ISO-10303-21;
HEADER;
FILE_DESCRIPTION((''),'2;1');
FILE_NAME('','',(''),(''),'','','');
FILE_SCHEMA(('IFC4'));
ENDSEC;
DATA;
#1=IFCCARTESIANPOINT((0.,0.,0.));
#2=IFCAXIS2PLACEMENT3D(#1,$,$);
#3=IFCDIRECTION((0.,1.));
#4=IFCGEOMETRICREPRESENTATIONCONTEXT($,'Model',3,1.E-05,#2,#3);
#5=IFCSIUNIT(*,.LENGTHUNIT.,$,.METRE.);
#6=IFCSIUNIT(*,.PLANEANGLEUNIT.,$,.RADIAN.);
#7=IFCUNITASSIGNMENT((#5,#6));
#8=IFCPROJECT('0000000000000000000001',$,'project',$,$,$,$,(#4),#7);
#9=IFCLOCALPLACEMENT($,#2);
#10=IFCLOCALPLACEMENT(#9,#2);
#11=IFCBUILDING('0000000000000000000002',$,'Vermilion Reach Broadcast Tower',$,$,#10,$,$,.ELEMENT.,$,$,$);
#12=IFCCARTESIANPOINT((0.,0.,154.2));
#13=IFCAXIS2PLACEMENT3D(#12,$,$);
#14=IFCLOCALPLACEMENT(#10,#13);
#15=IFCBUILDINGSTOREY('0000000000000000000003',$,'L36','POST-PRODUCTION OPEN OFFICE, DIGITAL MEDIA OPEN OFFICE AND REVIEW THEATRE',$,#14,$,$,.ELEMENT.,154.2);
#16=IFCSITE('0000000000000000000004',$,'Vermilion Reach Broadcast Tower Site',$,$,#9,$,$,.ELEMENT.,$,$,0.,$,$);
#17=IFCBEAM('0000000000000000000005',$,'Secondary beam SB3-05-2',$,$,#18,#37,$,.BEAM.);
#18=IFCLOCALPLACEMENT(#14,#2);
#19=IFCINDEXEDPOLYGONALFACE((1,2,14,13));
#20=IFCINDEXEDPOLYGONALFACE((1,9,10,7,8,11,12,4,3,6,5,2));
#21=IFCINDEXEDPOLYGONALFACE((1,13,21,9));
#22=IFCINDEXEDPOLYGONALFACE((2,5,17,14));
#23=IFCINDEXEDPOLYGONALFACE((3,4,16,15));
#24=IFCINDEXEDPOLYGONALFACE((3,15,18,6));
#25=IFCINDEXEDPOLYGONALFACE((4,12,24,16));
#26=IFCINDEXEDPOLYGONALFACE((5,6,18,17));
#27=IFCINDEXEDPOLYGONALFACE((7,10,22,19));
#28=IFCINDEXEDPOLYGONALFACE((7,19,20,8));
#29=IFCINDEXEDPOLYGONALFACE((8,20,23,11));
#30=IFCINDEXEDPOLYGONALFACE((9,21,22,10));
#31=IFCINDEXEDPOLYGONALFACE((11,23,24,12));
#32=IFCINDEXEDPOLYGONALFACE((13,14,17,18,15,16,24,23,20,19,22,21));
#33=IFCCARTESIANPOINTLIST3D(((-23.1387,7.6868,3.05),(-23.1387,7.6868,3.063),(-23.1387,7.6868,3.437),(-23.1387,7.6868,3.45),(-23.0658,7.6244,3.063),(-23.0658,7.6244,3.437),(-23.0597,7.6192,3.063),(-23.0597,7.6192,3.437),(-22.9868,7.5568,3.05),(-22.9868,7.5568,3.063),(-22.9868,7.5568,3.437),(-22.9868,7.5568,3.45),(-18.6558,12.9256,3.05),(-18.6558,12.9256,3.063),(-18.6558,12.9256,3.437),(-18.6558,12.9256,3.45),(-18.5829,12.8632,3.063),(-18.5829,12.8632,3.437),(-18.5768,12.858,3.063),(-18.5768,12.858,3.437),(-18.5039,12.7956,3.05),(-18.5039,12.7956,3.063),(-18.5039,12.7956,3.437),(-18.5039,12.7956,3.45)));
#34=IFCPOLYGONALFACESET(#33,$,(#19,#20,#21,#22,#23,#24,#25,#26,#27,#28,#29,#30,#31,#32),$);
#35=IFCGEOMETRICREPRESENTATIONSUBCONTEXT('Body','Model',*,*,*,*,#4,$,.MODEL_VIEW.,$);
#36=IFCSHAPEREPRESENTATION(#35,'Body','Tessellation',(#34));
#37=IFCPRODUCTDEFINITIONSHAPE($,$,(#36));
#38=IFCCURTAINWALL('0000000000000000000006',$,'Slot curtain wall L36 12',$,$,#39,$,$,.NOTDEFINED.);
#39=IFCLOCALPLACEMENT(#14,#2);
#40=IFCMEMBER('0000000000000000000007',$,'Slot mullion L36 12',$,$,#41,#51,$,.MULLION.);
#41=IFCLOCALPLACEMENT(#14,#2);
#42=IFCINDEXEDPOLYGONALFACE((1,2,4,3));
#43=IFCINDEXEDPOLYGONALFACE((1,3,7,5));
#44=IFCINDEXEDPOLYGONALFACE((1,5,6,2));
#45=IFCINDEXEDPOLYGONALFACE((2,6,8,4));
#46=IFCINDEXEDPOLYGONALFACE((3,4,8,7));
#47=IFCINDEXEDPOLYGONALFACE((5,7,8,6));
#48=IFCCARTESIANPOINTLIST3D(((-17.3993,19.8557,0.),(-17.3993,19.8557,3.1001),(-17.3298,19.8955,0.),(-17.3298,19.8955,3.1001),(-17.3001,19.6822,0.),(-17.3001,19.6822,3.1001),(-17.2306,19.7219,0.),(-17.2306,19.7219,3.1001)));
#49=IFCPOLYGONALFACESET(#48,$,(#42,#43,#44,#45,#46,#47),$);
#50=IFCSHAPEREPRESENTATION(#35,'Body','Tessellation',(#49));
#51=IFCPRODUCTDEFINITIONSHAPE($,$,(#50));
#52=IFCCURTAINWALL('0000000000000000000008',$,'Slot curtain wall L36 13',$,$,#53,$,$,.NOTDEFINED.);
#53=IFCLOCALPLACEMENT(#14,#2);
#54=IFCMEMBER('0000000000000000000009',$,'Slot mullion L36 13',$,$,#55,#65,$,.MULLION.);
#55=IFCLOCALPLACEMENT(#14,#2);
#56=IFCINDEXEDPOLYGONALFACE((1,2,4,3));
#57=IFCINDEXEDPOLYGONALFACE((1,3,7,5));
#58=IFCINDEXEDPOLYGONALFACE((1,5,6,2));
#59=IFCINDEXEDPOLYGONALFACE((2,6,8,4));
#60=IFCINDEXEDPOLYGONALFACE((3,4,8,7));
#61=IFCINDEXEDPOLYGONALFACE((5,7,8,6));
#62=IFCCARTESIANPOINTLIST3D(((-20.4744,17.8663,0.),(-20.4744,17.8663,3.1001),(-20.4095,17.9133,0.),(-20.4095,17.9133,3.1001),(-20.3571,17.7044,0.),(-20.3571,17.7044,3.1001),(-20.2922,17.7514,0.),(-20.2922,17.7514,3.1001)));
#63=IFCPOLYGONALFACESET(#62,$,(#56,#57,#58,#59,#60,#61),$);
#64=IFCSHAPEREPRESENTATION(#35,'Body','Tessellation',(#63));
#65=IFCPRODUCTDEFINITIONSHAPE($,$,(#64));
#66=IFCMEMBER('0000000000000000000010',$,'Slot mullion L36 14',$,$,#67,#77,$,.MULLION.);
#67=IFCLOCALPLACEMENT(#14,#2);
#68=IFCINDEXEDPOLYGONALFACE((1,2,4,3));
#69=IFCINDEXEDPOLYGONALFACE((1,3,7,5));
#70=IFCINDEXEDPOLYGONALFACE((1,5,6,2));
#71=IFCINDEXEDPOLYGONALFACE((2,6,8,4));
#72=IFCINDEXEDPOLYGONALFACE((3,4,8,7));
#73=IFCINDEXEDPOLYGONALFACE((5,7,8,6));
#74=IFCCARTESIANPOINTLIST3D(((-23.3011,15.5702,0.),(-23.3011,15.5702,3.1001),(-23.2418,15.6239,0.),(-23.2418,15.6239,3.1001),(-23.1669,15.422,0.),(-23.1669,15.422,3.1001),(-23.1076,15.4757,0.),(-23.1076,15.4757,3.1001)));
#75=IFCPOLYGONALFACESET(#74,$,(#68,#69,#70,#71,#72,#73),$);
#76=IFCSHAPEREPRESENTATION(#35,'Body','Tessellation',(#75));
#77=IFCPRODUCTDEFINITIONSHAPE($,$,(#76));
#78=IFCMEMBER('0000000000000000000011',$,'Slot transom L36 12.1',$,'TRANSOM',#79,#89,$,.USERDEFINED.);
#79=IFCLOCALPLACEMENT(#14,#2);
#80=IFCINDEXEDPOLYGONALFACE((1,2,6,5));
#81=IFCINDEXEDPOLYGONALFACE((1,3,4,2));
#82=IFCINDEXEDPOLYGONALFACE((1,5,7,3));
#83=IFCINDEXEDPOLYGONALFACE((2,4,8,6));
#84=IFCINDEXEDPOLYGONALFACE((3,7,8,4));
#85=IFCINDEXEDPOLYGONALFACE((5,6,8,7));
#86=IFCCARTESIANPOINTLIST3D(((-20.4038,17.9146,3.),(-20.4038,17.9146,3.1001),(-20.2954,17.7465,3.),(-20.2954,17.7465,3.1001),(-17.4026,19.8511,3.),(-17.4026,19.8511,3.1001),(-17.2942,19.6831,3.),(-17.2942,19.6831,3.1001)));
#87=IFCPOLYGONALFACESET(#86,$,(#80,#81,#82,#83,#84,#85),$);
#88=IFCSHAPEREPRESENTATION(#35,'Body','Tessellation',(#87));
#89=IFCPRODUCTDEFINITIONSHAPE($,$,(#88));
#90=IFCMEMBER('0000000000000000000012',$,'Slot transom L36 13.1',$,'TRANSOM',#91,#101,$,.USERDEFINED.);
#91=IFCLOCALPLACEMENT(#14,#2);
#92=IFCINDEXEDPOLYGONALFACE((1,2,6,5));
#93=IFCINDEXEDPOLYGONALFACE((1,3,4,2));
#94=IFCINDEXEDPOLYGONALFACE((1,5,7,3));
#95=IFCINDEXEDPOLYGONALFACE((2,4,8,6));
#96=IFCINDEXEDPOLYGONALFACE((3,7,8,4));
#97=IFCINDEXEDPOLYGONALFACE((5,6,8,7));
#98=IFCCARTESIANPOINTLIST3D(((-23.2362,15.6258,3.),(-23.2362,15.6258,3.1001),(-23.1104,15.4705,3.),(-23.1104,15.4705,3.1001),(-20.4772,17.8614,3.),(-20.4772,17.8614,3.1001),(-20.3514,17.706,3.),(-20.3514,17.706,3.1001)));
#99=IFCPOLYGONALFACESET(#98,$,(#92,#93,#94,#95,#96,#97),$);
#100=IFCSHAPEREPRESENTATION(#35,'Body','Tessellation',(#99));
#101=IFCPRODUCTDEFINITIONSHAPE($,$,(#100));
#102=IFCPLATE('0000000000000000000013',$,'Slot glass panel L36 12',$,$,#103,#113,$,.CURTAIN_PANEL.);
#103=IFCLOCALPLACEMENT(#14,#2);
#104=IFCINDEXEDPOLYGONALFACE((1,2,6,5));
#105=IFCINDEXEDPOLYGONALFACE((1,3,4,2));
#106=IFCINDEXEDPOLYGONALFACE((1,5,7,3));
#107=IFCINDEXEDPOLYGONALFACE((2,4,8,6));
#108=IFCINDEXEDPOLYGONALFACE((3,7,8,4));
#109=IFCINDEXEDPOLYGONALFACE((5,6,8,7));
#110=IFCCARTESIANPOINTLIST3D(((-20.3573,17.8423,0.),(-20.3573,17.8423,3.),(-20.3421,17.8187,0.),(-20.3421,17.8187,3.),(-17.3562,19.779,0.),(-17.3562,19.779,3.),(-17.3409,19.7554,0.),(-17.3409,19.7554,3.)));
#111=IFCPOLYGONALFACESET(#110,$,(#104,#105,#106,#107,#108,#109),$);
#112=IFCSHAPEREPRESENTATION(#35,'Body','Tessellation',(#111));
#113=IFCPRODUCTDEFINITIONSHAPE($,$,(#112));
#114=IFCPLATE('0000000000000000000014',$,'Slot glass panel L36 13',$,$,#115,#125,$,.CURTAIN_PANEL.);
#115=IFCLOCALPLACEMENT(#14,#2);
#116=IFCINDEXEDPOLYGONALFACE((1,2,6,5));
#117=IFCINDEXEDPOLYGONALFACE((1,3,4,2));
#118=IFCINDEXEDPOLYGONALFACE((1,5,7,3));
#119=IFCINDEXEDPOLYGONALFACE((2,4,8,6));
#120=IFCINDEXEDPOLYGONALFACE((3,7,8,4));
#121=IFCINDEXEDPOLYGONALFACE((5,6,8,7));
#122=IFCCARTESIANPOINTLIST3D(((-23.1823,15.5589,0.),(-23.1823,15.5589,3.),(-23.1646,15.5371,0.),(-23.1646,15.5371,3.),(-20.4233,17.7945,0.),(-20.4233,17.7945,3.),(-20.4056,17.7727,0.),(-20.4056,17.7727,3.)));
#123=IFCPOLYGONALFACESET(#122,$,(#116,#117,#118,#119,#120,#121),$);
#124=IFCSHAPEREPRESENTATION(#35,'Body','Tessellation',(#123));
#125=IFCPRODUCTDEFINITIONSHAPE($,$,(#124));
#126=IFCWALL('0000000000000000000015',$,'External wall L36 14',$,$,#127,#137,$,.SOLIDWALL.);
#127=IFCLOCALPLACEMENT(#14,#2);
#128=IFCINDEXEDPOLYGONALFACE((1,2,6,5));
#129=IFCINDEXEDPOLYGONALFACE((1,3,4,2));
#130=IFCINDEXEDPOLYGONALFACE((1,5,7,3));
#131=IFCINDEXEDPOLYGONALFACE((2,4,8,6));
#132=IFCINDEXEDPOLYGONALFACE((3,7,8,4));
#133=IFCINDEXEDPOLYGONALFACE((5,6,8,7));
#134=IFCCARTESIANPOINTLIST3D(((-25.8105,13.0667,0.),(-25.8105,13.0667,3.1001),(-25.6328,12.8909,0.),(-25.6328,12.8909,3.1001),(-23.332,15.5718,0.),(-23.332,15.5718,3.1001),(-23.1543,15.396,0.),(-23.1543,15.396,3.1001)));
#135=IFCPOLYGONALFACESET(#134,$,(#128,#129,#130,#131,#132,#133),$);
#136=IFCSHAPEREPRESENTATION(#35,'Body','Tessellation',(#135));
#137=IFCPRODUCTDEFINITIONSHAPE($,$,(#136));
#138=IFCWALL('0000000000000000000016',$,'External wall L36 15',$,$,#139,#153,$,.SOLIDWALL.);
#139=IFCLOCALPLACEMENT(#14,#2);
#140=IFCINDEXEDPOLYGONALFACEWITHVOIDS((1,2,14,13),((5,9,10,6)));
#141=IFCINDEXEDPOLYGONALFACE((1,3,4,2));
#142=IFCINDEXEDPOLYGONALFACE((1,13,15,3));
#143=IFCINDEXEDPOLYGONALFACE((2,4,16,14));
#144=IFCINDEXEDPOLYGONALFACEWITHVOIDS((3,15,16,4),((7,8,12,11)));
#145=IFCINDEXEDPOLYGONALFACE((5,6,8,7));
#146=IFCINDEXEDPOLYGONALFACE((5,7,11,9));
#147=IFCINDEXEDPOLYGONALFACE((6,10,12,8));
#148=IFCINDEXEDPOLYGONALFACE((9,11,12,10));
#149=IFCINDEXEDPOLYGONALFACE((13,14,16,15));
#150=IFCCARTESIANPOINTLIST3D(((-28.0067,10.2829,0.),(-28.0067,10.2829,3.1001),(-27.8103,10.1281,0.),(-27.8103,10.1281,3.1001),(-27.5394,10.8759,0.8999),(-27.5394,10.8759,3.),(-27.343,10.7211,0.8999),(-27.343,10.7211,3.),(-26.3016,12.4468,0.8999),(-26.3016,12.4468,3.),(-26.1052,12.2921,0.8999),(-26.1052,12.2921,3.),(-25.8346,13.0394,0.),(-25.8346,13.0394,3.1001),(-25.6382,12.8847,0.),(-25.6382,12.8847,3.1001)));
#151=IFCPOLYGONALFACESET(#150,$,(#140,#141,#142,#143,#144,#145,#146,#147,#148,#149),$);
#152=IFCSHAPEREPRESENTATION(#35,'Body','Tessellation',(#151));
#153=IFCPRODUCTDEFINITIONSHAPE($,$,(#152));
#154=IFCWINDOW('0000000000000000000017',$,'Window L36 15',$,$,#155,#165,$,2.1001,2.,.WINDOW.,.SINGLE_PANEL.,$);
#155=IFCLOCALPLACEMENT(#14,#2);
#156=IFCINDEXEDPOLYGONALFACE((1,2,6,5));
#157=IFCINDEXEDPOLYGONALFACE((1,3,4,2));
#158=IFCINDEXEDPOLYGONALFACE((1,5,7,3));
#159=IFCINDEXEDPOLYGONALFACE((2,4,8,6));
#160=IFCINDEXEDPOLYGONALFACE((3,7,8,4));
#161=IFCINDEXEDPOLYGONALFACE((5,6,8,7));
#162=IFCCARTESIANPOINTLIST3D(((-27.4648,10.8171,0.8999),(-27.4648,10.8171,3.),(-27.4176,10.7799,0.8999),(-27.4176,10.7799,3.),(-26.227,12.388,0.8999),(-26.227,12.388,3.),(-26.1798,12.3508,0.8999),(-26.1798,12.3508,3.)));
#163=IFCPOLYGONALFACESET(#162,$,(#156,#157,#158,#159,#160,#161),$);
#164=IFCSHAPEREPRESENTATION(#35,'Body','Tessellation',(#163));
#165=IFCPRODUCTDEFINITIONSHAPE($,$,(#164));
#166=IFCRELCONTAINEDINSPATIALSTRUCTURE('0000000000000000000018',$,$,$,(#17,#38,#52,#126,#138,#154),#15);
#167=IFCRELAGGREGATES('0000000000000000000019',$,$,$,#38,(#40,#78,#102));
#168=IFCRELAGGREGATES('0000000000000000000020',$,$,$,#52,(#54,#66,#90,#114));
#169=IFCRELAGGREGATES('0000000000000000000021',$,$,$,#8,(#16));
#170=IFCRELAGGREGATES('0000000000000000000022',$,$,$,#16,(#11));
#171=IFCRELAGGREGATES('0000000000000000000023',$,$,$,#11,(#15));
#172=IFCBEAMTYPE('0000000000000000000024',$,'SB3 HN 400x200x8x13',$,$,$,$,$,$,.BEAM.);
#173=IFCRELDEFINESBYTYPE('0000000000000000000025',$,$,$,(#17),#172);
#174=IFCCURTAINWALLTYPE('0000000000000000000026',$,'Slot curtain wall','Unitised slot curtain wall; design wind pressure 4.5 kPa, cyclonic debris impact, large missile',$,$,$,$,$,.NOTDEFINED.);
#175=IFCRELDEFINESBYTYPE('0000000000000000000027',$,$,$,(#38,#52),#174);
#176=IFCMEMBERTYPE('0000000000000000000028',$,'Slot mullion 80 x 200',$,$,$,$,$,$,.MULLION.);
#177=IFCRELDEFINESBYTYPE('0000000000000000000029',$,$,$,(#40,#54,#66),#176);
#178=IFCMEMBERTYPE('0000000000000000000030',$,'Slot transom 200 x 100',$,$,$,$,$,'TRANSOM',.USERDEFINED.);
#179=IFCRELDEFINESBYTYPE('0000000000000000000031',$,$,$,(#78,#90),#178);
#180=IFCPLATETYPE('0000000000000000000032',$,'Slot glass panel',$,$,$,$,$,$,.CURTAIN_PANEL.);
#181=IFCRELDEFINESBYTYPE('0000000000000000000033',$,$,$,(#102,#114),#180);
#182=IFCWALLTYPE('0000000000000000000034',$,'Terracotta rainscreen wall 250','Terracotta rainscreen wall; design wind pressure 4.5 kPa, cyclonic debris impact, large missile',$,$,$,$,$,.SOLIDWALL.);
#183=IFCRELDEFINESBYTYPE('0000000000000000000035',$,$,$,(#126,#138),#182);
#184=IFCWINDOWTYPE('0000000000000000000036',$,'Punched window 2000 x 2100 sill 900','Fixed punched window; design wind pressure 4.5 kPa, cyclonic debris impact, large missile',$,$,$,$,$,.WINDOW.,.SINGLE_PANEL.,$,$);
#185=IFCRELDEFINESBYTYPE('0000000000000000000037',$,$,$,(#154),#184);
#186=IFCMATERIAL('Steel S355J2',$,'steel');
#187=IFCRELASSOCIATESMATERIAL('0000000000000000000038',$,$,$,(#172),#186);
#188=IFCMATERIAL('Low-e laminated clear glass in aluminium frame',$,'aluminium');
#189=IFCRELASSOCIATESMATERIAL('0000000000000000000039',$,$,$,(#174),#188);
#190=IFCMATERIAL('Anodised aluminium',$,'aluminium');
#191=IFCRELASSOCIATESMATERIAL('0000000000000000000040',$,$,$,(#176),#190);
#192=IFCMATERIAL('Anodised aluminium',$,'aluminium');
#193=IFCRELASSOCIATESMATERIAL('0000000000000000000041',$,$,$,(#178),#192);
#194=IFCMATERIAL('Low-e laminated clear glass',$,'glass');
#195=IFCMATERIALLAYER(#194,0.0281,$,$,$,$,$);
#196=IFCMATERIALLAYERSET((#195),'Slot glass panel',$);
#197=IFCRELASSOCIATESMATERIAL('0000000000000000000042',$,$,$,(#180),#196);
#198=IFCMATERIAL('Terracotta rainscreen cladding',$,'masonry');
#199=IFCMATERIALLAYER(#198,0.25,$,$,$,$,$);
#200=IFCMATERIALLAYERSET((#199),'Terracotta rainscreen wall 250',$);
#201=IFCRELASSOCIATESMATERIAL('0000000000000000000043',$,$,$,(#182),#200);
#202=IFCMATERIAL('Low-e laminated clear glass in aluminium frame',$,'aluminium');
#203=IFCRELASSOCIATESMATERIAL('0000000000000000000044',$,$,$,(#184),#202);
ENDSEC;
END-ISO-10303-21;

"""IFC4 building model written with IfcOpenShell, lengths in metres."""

from ifc_helpers import new_model, si_unit, direction, frame, frame_2d, origin, origin_2d, place, context, subcontext, project, spatial, rectangle, i_section, extrude, material, layer, layer_set, material_profile, profile_set, type_object, element, fill, aggregate, save


model = new_model("IFC4")

# Units and contexts
model_context = context("Model", 3, precision=1e-05, world=origin(), true_north=direction((0.0, 1.0)))
body_context = subcontext(model_context, "Body", "Model", "MODEL_VIEW")
ifc_project = project(units=[si_unit("LENGTHUNIT", "METRE"), si_unit("PLANEANGLEUNIT", "RADIAN")], contexts=[model_context])

# Site, building, storey
site_placement = place(None, origin())
site = spatial("IfcSite", under=ifc_project, at=site_placement, Name="Vermilion Reach Broadcast Tower Site", CompositionType="ELEMENT", RefElevation=0.0)
building_placement = place(site_placement, origin())
building = spatial("IfcBuilding", under=site, at=building_placement, Name="Vermilion Reach Broadcast Tower", CompositionType="ELEMENT")
storey_placement = place(building_placement, frame((0.0, 0.0, 154.2)))
storey = spatial("IfcBuildingStorey", under=building, at=storey_placement, Name="L36", Description="POST-PRODUCTION OPEN OFFICE, DIGITAL MEDIA OPEN OFFICE AND REVIEW THEATRE", CompositionType="ELEMENT", Elevation=154.2)

# Beam
ifc_material_1 = material(Name="Steel S355J2", Category="steel")
ifc_material_profile_1 = material_profile(ifc_material_1, i_section(OverallWidth=0.2, OverallDepth=0.3999, WebThickness=0.0081, FlangeThickness=0.0129, at=origin_2d()), Name="S355J2 HN 400x200x8x13")
ifc_profile_set_1 = profile_set([ifc_material_profile_1], Name="Steel S355J2")
beam_type_1 = type_object("IfcBeamType", Name="SB3 HN 400x200x8x13", PredefinedType="BEAM", material=ifc_profile_set_1)
beam_1_placement = place(storey_placement, frame((-18.5798, 12.8606, 3.25), z_axis=(-0.650167, -0.759791, 0.0), x_axis=(0.759791, -0.650167, 0.0)))
element("IfcBeam", 1, at=beam_1_placement, inside=storey, type_object=beam_type_1, Name="Secondary beam SB3-05-2", PredefinedType="BEAM", context=body_context, shape_type="SweptSolid", body=[
    extrude(i_section(OverallWidth=0.2, OverallDepth=0.3999, WebThickness=0.0081, FlangeThickness=0.0129, at=origin_2d()), origin(), (0.0, 0.0, 1.0), 6.895),
])

# Curtain wall, member
ifc_material_2 = material(Name="Low-e laminated clear glass in aluminium frame", Category="aluminium")
curtain_wall_type = type_object("IfcCurtainWallType", Name="Slot curtain wall", Description="Unitised slot curtain wall; design wind pressure 4.5 kPa, cyclonic debris impact, large missile", PredefinedType="NOTDEFINED", material=ifc_material_2)
placement = place(storey_placement, origin())
curtain_wall_1 = element("IfcCurtainWall", 2, at=placement, inside=storey, type_object=curtain_wall_type, Name="Slot curtain wall L36 12", PredefinedType="NOTDEFINED")
ifc_material_3 = material(Name="Anodised aluminium", Category="aluminium")
ifc_material_profile_2 = material_profile(ifc_material_3, rectangle(XDim=0.2, YDim=0.0801, at=origin_2d()), Name="Slot mullion 80 x 200")
ifc_profile_set_2 = profile_set([ifc_material_profile_2], Name="Anodised aluminium")
member_type_1 = type_object("IfcMemberType", Name="Slot mullion 80 x 200", PredefinedType="MULLION", material=ifc_profile_set_2)
member_1_placement = place(storey_placement, frame((-17.3149, 19.7888, 0.0), z_axis=(0.0, 0.0, 1.0), x_axis=(0.496368, -0.868112, 0.0)))
member_1 = element("IfcMember", 3, at=member_1_placement, type_object=member_type_1, Name="Slot mullion L36 12", PredefinedType="MULLION", context=body_context, shape_type="SweptSolid", body=[
    extrude(rectangle(XDim=0.2, YDim=0.0801, at=origin_2d()), origin(), (0.0, 0.0, 1.0), 3.1001),
])

# Curtain wall, members
curtain_wall_2 = element("IfcCurtainWall", 4, at=placement, inside=storey, type_object=curtain_wall_type, Name="Slot curtain wall L36 13", PredefinedType="NOTDEFINED")
member_2_placement = place(storey_placement, frame((-20.3833, 17.8088, 0.0), z_axis=(0.0, 0.0, 1.0), x_axis=(0.586739, -0.809776, 0.0)))
member_2 = element("IfcMember", 5, at=member_2_placement, type_object=member_type_1, Name="Slot mullion L36 13", PredefinedType="MULLION", context=body_context, shape_type="SweptSolid", body=[
    extrude(rectangle(XDim=0.2, YDim=0.0801, at=origin_2d()), origin(), (0.0, 0.0, 1.0), 3.1001),
])
member_3_placement = place(storey_placement, frame((-23.2043, 15.5229, 0.0), z_axis=(0.0, 0.0, 1.0), x_axis=(0.671216, -0.741262, 0.0)))
member_3 = element("IfcMember", 6, at=member_3_placement, type_object=member_type_1, Name="Slot mullion L36 14", PredefinedType="MULLION", context=body_context, shape_type="SweptSolid", body=[
    extrude(rectangle(XDim=0.2, YDim=0.0801, at=origin_2d()), origin(), (0.0, 0.0, 1.0), 3.1001),
])

# Members
ifc_material_4 = material(Name="Anodised aluminium", Category="aluminium")
ifc_material_profile_3 = material_profile(ifc_material_4, rectangle(XDim=0.2, YDim=0.1001, at=origin_2d()), Name="Slot transom 200 x 100")
ifc_profile_set_3 = profile_set([ifc_material_profile_3], Name="Anodised aluminium")
member_type_2 = type_object("IfcMemberType", Name="Slot transom 200 x 100", ElementType="TRANSOM", PredefinedType="USERDEFINED", material=ifc_profile_set_3)
member_4_placement = place(storey_placement, frame((-17.3484, 19.7671, 3.05), z_axis=(-0.840265, -0.542177, 0.0), x_axis=(0.542177, -0.840265, 0.0)))
member_4 = element("IfcMember", 7, at=member_4_placement, type_object=member_type_2, Name="Slot transom L36 12.1", ObjectType="TRANSOM", PredefinedType="USERDEFINED", context=body_context, shape_type="SweptSolid", body=[
    extrude(rectangle(XDim=0.2, YDim=0.1001, at=origin_2d()), origin(), (0.0, 0.0, 1.0), 3.5718),
])
member_5_placement = place(storey_placement, frame((-20.4143, 17.7837, 3.05), z_axis=(-0.776957, -0.629554, 0.0), x_axis=(0.629554, -0.776957, 0.0)))
member_5 = element("IfcMember", 8, at=member_5_placement, type_object=member_type_2, Name="Slot transom L36 13.1", ObjectType="TRANSOM", PredefinedType="USERDEFINED", context=body_context, shape_type="SweptSolid", body=[
    extrude(rectangle(XDim=0.2, YDim=0.1001, at=origin_2d()), origin(), (0.0, 0.0, 1.0), 3.551),
])

# Plates
ifc_material_5 = material(Name="Low-e laminated clear glass", Category="glass")
ifc_layer_1 = layer(ifc_material_5, 0.0281)
ifc_layer_set_1 = layer_set([ifc_layer_1], Name="Slot glass panel")
plate_type = type_object("IfcPlateType", Name="Slot glass panel", PredefinedType="CURTAIN_PANEL", material=ifc_layer_set_1)
plate_1_placement = place(storey_placement, frame((-18.8491, 18.7988, 0.0), z_axis=(0.0, 0.0, 1.0), x_axis=(-0.840242, -0.542212, 0.0)))
plate_1 = element("IfcPlate", 9, at=plate_1_placement, type_object=plate_type, Name="Slot glass panel L36 12", PredefinedType="CURTAIN_PANEL", context=body_context, shape_type="SweptSolid", body=[
    extrude(rectangle(XDim=3.5718, YDim=0.0281, at=origin_2d()), origin(), (0.0, 0.0, 1.0), 3.0),
])
aggregate(curtain_wall_1, [member_1, member_4, plate_1])
plate_2_placement = place(storey_placement, frame((-21.7939, 16.6658, 0.0), z_axis=(0.0, 0.0, 1.0), x_axis=(-0.776953, -0.629558, 0.0)))
plate_2 = element("IfcPlate", 10, at=plate_2_placement, type_object=plate_type, Name="Slot glass panel L36 13", PredefinedType="CURTAIN_PANEL", context=body_context, shape_type="SweptSolid", body=[
    extrude(rectangle(XDim=3.551, YDim=0.0281, at=origin_2d()), origin(), (0.0, 0.0, 1.0), 3.0),
])
aggregate(curtain_wall_2, [member_2, member_3, member_5, plate_2])

# Wall
ifc_material_6 = material(Name="Terracotta rainscreen cladding", Category="masonry")
ifc_layer_2 = layer(ifc_material_6, 0.25)
ifc_layer_set_2 = layer_set([ifc_layer_2], Name="Terracotta rainscreen wall 250")
wall_type_1 = type_object("IfcWallType", Name="Terracotta rainscreen wall 250", Description="Terracotta rainscreen wall; design wind pressure 4.5 kPa, cyclonic debris impact, large missile", PredefinedType="SOLIDWALL", material=ifc_layer_set_2)
wall_1_placement = place(storey_placement, frame((-23.2432, 15.4839, 0.0), z_axis=(0.0, 0.0, 1.0), x_axis=(-0.703321, -0.710872, 0.0)))
element("IfcWall", 11, at=wall_1_placement, inside=storey, type_object=wall_type_1, Name="External wall L36 14", PredefinedType="SOLIDWALL", context=body_context, shape_type="SweptSolid", body=[
    extrude(rectangle(XDim=3.5239, YDim=0.25, at=frame_2d((1.762, 0.0))), origin(), (0.0, 0.0, 1.0), 3.1001),
])

# Wall, opening, window
wall_2_placement = place(storey_placement, frame((-25.7363, 12.9622, 0.0), z_axis=(0.0, 0.0, 1.0), x_axis=(-0.618918, -0.785456, 0.0)))
wall_2 = element("IfcWall", 12, at=wall_2_placement, inside=storey, type_object=wall_type_1, Name="External wall L36 15", PredefinedType="SOLIDWALL", context=body_context, shape_type="SweptSolid", body=[
    extrude(rectangle(XDim=3.5095, YDim=0.25, at=frame_2d((1.7549, 0.0))), origin(), (0.0, 0.0, 1.0), 3.1001),
])
opening_1_placement = place(wall_2_placement, frame((0.7546, 0.0, 0.8999)))
opening_1 = element("IfcOpeningElement", 13, at=opening_1_placement, cuts=wall_2, PredefinedType="OPENING", context=body_context, shape_type="SweptSolid", body=[
    extrude(rectangle(XDim=2.0, YDim=2.1001, at=frame_2d((1.0, 1.05))), frame((0.0, 0.135, 0.0), z_axis=(0.0, -1.0, 0.0), x_axis=(1.0, 0.0, 0.0)), (0.0, 0.0, 1.0), 0.27),
])
ifc_material_7 = material(Name="Low-e laminated clear glass in aluminium frame", Category="aluminium")
window_type = type_object("IfcWindowType", Name="Punched window 2000 x 2100 sill 900", Description="Fixed punched window; design wind pressure 4.5 kPa, cyclonic debris impact, large missile", PartitioningType="SINGLE_PANEL", PredefinedType="WINDOW", material=ifc_material_7)
window_placement = place(opening_1_placement, origin())
window = element("IfcWindow", 14, at=window_placement, inside=storey, type_object=window_type, Name="Window L36 15", OverallHeight=2.1001, OverallWidth=2.0, PartitioningType="SINGLE_PANEL", PredefinedType="WINDOW", context=body_context, shape_type="SweptSolid", body=[
    extrude(rectangle(XDim=2.0, YDim=2.1001, at=frame_2d((1.0, 1.05))), frame((0.0, 0.03, 0.0), z_axis=(0.0, -1.0, 0.0), x_axis=(1.0, 0.0, 0.0)), (0.0, 0.0, 1.0), 0.0601),
])
fill(opening_1, window)

save(model, "model.ifc")
